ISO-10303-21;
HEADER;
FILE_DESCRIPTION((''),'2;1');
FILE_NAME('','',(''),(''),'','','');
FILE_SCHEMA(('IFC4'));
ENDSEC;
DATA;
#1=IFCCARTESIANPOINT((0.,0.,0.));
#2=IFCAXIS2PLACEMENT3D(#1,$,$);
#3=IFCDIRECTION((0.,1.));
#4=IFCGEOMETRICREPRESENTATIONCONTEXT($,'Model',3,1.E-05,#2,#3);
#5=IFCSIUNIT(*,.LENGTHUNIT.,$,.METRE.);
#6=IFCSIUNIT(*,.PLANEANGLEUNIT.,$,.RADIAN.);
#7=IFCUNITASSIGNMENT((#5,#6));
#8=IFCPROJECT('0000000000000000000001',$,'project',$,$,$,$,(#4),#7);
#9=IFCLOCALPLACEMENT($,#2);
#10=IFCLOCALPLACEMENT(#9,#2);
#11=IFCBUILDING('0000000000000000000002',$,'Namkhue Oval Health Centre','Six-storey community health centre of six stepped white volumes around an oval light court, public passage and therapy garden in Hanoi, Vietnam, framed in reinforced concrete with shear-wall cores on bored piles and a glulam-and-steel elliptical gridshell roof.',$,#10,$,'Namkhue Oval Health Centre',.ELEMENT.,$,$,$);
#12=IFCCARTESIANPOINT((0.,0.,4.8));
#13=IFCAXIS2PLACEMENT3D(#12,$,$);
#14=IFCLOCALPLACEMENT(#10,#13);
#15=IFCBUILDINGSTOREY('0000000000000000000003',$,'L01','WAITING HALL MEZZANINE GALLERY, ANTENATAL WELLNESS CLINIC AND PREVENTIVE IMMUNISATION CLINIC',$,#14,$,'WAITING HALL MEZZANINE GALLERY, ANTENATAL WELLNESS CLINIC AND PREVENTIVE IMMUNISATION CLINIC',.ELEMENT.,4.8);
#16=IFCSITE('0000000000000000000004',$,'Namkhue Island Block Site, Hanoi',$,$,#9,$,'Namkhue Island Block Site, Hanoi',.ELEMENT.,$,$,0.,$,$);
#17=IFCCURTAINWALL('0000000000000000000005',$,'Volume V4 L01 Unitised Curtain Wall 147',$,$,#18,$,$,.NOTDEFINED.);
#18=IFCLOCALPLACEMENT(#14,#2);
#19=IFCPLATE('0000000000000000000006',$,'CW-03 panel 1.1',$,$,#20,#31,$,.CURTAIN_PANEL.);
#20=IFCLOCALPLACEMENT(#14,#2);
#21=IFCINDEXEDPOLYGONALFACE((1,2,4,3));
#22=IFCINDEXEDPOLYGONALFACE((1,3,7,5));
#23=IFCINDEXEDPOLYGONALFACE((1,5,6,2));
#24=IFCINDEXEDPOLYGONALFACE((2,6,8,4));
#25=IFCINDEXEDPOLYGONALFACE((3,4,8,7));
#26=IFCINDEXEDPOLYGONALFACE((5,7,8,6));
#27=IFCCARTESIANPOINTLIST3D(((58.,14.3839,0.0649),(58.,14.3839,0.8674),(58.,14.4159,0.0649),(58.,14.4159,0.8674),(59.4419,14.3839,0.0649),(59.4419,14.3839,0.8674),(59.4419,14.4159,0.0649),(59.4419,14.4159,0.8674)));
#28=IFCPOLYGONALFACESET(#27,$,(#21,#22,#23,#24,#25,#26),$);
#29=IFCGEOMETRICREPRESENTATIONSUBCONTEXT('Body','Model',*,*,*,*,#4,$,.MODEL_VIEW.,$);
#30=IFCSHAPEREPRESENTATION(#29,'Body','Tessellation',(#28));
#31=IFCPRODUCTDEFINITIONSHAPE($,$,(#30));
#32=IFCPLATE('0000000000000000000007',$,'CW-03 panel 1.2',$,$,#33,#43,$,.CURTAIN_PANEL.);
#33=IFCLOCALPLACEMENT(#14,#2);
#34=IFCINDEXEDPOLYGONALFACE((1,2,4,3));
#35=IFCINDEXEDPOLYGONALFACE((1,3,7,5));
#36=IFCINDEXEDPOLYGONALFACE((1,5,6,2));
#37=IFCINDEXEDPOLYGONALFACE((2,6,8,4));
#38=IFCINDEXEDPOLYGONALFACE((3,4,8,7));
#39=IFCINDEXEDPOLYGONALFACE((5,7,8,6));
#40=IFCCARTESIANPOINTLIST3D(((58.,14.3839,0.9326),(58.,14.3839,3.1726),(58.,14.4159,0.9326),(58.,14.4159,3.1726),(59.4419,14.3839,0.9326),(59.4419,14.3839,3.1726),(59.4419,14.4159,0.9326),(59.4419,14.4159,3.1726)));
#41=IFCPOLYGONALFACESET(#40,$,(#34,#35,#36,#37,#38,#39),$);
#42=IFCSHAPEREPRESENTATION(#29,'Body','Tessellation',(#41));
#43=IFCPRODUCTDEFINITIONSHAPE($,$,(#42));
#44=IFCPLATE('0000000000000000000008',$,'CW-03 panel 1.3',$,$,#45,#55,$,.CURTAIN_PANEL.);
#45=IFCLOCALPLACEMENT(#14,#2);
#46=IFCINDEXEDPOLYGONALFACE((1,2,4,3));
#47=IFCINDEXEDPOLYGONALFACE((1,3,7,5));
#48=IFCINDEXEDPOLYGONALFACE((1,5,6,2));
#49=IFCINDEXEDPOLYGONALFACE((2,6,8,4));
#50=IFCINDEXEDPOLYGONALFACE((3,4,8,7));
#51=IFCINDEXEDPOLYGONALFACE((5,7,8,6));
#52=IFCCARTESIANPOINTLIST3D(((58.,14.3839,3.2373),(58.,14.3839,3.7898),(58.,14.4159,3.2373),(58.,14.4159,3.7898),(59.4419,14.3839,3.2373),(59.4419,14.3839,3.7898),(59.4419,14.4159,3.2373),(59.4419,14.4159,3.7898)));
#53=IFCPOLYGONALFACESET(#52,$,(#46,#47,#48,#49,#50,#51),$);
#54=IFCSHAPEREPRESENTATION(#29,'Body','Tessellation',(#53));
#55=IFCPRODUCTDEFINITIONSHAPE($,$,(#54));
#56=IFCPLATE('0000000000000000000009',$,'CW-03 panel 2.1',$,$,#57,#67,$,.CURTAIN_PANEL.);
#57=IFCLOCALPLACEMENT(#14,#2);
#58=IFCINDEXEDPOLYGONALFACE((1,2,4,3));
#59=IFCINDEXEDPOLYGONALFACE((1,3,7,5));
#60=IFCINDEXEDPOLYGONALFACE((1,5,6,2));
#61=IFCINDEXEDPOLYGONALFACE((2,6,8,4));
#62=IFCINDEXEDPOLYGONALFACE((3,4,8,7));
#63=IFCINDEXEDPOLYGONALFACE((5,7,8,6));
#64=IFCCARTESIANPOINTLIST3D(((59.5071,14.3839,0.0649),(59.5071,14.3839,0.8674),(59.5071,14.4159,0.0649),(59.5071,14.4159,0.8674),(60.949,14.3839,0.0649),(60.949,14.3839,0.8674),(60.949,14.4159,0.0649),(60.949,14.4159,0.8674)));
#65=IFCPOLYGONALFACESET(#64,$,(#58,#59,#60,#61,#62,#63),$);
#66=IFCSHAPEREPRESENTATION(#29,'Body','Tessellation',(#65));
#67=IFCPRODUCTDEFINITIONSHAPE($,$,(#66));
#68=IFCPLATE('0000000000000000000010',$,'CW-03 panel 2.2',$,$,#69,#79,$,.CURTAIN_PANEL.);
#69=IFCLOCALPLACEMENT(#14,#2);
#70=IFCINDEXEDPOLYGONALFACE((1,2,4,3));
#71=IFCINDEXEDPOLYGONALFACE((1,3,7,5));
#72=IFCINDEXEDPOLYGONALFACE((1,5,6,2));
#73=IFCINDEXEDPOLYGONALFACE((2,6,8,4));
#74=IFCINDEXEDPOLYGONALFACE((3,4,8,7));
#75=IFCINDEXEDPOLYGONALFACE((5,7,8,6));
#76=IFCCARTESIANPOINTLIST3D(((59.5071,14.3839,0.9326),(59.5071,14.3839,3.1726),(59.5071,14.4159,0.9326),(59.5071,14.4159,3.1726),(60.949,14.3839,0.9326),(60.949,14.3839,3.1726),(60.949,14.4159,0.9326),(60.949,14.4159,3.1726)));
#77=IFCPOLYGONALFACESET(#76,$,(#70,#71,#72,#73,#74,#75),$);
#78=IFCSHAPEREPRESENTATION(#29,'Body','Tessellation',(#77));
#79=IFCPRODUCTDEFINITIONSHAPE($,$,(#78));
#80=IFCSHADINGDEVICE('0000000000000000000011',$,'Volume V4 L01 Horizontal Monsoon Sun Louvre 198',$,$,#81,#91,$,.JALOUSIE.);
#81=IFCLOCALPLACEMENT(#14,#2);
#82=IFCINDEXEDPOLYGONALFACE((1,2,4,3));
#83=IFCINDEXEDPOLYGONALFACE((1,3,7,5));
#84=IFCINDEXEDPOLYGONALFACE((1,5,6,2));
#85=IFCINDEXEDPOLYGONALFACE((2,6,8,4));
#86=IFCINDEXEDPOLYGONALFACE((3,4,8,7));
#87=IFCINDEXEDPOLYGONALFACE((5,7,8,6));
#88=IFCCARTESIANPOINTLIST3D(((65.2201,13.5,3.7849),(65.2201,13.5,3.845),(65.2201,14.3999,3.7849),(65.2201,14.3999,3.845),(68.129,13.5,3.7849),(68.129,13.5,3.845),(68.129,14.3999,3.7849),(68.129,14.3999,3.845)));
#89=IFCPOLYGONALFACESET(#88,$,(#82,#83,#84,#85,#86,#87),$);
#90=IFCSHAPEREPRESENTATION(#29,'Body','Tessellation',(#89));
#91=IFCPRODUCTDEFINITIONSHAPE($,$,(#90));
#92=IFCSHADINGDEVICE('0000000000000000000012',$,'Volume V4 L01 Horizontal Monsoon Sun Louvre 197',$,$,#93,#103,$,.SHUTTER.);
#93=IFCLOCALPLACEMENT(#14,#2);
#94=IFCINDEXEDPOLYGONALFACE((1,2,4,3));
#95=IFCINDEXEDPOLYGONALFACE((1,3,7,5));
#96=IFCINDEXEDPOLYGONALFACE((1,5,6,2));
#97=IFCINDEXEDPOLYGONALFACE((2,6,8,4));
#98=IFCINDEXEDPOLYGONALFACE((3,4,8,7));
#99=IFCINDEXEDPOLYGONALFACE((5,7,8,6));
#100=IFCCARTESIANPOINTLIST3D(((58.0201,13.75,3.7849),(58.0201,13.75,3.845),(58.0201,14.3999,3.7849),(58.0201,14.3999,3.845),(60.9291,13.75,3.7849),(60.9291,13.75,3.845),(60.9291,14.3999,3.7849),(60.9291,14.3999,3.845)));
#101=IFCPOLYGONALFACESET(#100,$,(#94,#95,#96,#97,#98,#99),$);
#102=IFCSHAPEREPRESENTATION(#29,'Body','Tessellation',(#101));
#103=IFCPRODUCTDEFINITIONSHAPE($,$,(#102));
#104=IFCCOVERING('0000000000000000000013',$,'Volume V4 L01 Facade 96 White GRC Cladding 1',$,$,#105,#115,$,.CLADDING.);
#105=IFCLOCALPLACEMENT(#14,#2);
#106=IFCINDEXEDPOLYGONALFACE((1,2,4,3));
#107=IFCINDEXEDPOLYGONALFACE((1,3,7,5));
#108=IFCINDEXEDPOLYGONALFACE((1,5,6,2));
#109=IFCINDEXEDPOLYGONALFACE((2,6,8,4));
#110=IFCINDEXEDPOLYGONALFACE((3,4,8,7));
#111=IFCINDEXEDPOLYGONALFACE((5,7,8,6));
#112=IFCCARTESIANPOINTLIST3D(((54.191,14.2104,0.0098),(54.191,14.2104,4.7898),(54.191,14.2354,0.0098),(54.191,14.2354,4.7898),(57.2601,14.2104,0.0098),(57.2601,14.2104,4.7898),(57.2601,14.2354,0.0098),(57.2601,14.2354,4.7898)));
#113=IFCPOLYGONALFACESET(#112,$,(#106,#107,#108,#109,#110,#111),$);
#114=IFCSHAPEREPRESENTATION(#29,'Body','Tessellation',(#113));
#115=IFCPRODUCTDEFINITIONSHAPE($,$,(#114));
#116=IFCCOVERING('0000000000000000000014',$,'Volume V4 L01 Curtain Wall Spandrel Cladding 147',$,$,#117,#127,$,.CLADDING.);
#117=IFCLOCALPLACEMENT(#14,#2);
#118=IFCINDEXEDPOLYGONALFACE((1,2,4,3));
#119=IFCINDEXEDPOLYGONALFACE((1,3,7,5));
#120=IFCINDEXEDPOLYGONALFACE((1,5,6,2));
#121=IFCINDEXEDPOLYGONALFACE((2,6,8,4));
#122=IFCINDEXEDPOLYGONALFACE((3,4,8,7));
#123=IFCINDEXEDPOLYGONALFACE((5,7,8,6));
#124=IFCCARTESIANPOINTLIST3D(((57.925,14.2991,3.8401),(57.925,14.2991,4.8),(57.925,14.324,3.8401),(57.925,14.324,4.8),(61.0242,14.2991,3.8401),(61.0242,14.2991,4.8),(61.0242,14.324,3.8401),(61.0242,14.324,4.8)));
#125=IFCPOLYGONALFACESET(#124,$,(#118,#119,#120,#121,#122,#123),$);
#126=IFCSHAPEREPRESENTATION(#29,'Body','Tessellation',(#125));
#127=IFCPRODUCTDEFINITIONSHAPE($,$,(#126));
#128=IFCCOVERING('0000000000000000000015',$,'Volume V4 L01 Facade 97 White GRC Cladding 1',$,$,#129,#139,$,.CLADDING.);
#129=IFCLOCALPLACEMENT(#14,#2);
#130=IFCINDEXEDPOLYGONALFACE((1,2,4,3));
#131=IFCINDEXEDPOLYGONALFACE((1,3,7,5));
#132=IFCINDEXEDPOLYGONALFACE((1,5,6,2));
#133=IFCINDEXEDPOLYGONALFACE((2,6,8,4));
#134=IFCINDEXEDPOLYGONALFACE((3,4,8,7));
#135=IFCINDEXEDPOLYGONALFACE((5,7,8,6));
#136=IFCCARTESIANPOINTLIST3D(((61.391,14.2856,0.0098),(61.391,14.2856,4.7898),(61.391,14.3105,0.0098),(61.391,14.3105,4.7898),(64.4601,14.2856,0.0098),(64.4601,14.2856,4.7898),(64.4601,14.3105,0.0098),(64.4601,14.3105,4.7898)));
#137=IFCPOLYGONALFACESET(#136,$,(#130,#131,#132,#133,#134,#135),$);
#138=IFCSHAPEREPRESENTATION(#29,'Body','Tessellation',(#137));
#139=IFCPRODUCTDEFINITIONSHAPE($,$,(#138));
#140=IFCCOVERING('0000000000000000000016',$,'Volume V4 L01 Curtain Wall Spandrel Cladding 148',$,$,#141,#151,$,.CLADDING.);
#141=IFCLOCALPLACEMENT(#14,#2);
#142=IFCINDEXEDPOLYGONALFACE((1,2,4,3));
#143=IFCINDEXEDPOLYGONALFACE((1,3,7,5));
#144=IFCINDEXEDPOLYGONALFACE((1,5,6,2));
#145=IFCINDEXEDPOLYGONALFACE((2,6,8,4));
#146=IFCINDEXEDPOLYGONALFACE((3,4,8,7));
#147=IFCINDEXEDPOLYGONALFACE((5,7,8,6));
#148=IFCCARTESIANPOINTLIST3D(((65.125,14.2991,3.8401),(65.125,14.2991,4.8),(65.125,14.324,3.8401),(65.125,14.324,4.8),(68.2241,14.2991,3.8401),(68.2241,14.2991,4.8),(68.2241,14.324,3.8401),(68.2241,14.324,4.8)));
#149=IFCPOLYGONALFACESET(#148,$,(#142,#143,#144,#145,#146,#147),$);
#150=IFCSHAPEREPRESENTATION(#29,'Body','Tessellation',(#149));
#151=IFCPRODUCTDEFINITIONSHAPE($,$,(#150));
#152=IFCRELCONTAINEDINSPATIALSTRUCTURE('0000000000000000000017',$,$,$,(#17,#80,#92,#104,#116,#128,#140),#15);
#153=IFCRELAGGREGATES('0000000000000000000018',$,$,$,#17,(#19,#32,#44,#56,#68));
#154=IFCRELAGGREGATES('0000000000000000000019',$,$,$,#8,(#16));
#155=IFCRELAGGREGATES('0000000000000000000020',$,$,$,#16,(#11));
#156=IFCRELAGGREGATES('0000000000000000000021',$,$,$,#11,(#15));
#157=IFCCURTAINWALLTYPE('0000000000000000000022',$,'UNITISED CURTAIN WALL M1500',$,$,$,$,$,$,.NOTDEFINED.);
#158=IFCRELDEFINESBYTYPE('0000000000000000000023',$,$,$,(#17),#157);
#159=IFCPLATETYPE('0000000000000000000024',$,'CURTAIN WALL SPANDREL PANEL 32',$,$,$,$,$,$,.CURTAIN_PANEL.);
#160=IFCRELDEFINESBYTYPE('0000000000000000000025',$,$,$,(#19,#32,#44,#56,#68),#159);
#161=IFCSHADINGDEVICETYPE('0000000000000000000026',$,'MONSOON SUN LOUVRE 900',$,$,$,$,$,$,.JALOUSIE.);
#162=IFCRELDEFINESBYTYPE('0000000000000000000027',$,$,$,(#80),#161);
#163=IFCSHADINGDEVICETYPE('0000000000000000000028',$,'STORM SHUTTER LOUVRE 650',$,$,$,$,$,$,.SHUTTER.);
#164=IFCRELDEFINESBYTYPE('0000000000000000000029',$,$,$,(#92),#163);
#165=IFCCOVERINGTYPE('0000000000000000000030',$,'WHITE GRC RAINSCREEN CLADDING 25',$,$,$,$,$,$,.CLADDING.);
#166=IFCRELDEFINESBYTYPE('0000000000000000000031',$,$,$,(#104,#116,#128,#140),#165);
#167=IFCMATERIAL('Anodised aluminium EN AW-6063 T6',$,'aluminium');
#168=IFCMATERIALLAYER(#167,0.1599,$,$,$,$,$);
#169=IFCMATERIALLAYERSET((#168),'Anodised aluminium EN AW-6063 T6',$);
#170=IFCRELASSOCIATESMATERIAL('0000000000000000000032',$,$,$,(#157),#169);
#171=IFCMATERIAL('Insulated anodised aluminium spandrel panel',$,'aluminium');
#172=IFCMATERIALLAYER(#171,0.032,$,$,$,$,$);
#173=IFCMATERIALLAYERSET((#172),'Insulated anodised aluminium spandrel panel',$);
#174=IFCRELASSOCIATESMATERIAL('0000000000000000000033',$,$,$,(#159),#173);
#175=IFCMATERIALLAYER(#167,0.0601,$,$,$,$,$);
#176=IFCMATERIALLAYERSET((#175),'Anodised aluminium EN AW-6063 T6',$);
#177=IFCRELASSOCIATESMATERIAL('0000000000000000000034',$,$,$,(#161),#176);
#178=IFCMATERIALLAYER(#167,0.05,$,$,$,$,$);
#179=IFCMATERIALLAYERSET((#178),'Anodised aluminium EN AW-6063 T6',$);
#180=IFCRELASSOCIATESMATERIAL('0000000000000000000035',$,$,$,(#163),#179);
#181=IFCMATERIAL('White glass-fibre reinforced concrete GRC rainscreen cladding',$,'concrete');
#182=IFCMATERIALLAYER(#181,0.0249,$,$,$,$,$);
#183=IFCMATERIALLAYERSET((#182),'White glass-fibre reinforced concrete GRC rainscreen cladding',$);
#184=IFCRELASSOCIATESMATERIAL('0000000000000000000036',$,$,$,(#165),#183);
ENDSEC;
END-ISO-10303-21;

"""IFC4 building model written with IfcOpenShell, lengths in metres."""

from ifc_helpers import new_model, si_unit, direction, frame, origin, origin_2d, place, context, subcontext, project, spatial, rectangle, extrude, material, layer, layer_set, type_object, element, aggregate, save


model = new_model("IFC4")

# Units and contexts
model_context = context("Model", 3, precision=1e-05, world=origin(), true_north=direction((0.0, 1.0)))
body_context = subcontext(model_context, "Body", "Model", "MODEL_VIEW")
ifc_project = project(units=[si_unit("LENGTHUNIT", "METRE"), si_unit("PLANEANGLEUNIT", "RADIAN")], contexts=[model_context])

# Site, building, storey
site_placement = place(None, origin())
site = spatial("IfcSite", under=ifc_project, at=site_placement, Name="Namkhue Island Block Site, Hanoi", LongName="Namkhue Island Block Site, Hanoi", CompositionType="ELEMENT", RefElevation=0.0)
building_placement = place(site_placement, origin())
building = spatial("IfcBuilding", under=site, at=building_placement, Name="Namkhue Oval Health Centre", Description="Six-storey community health centre of six stepped white volumes around an oval light court, public passage and therapy garden in Hanoi, Vietnam, framed in reinforced concrete with shear-wall cores on bored piles and a glulam-and-steel elliptical gridshell roof.", LongName="Namkhue Oval Health Centre", CompositionType="ELEMENT")
storey_placement = place(building_placement, frame((0.0, 0.0, 4.8)))
storey = spatial("IfcBuildingStorey", under=building, at=storey_placement, Name="L01", Description="WAITING HALL MEZZANINE GALLERY, ANTENATAL WELLNESS CLINIC AND PREVENTIVE IMMUNISATION CLINIC", LongName="WAITING HALL MEZZANINE GALLERY, ANTENATAL WELLNESS CLINIC AND PREVENTIVE IMMUNISATION CLINIC", CompositionType="ELEMENT", Elevation=4.8)

# Curtain wall
ifc_material_1 = material(Name="Anodised aluminium EN AW-6063 T6", Category="aluminium")
ifc_layer_1 = layer(ifc_material_1, 0.1599)
ifc_layer_set_1 = layer_set([ifc_layer_1], Name="Anodised aluminium EN AW-6063 T6")
curtain_wall_type = type_object("IfcCurtainWallType", Name="UNITISED CURTAIN WALL M1500", PredefinedType="NOTDEFINED", material=ifc_layer_set_1)
curtain_wall_placement = place(storey_placement, origin())
curtain_wall = element("IfcCurtainWall", 1, at=curtain_wall_placement, inside=storey, type_object=curtain_wall_type, Name="Volume V4 L01 Unitised Curtain Wall 147", PredefinedType="NOTDEFINED")

# Plates
ifc_material_2 = material(Name="Insulated anodised aluminium spandrel panel", Category="aluminium")
ifc_layer_2 = layer(ifc_material_2, 0.032)
ifc_layer_set_2 = layer_set([ifc_layer_2], Name="Insulated anodised aluminium spandrel panel")
plate_type = type_object("IfcPlateType", Name="CURTAIN WALL SPANDREL PANEL 32", PredefinedType="CURTAIN_PANEL", material=ifc_layer_set_2)
plate_1_placement = place(storey_placement, frame((58.7209, 14.3999, 0.0649), z_axis=(0.0, 0.0, 1.0), x_axis=(1.0, 0.0, 0.0)))
plate_1 = element("IfcPlate", 2, at=plate_1_placement, type_object=plate_type, Name="CW-03 panel 1.1", PredefinedType="CURTAIN_PANEL", context=body_context, shape_type="SweptSolid", body=[
    extrude(rectangle(XDim=1.4419, YDim=0.032, at=origin_2d()), origin(), (0.0, 0.0, 1.0), 0.8025),
])
plate_2_placement = place(storey_placement, frame((58.7209, 14.3999, 0.9326), z_axis=(0.0, 0.0, 1.0), x_axis=(1.0, 0.0, 0.0)))
plate_2 = element("IfcPlate", 3, at=plate_2_placement, type_object=plate_type, Name="CW-03 panel 1.2", PredefinedType="CURTAIN_PANEL", context=body_context, shape_type="SweptSolid", body=[
    extrude(rectangle(XDim=1.4419, YDim=0.032, at=origin_2d()), origin(), (0.0, 0.0, 1.0), 2.24),
])
plate_3_placement = place(storey_placement, frame((58.7209, 14.3999, 3.2373), z_axis=(0.0, 0.0, 1.0), x_axis=(1.0, 0.0, 0.0)))
plate_3 = element("IfcPlate", 4, at=plate_3_placement, type_object=plate_type, Name="CW-03 panel 1.3", PredefinedType="CURTAIN_PANEL", context=body_context, shape_type="SweptSolid", body=[
    extrude(rectangle(XDim=1.4419, YDim=0.032, at=origin_2d()), origin(), (0.0, 0.0, 1.0), 0.5525),
])
plate_4_placement = place(storey_placement, frame((60.228, 14.3999, 0.0649), z_axis=(0.0, 0.0, 1.0), x_axis=(1.0, 0.0, 0.0)))
plate_4 = element("IfcPlate", 5, at=plate_4_placement, type_object=plate_type, Name="CW-03 panel 2.1", PredefinedType="CURTAIN_PANEL", context=body_context, shape_type="SweptSolid", body=[
    extrude(rectangle(XDim=1.4419, YDim=0.032, at=origin_2d()), origin(), (0.0, 0.0, 1.0), 0.8025),
])
plate_5_placement = place(storey_placement, frame((60.228, 14.3999, 0.9326), z_axis=(0.0, 0.0, 1.0), x_axis=(1.0, 0.0, 0.0)))
plate_5 = element("IfcPlate", 6, at=plate_5_placement, type_object=plate_type, Name="CW-03 panel 2.2", PredefinedType="CURTAIN_PANEL", context=body_context, shape_type="SweptSolid", body=[
    extrude(rectangle(XDim=1.4419, YDim=0.032, at=origin_2d()), origin(), (0.0, 0.0, 1.0), 2.24),
])
aggregate(curtain_wall, [plate_1, plate_2, plate_3, plate_4, plate_5])

# Shading devices
ifc_layer_3 = layer(ifc_material_1, 0.0601)
ifc_layer_set_3 = layer_set([ifc_layer_3], Name="Anodised aluminium EN AW-6063 T6")
shading_device_type_1 = type_object("IfcShadingDeviceType", Name="MONSOON SUN LOUVRE 900", PredefinedType="JALOUSIE", material=ifc_layer_set_3)
shading_device_1_placement = place(storey_placement, frame((66.6746, 13.95, 3.7849), z_axis=(0.0, 0.0, 1.0), x_axis=(1.0, 0.0, 0.0)))
element("IfcShadingDevice", 7, at=shading_device_1_placement, inside=storey, type_object=shading_device_type_1, Name="Volume V4 L01 Horizontal Monsoon Sun Louvre 198", PredefinedType="JALOUSIE", context=body_context, shape_type="SweptSolid", body=[
    extrude(rectangle(XDim=2.9089, YDim=0.8999, at=origin_2d()), origin(), (0.0, 0.0, 1.0), 0.0601),
])
ifc_layer_4 = layer(ifc_material_1, 0.05)
ifc_layer_set_4 = layer_set([ifc_layer_4], Name="Anodised aluminium EN AW-6063 T6")
shading_device_type_2 = type_object("IfcShadingDeviceType", Name="STORM SHUTTER LOUVRE 650", PredefinedType="SHUTTER", material=ifc_layer_set_4)
shading_device_2_placement = place(storey_placement, frame((59.4746, 14.075, 3.7849), z_axis=(0.0, 0.0, 1.0), x_axis=(1.0, 0.0, 0.0)))
element("IfcShadingDevice", 8, at=shading_device_2_placement, inside=storey, type_object=shading_device_type_2, Name="Volume V4 L01 Horizontal Monsoon Sun Louvre 197", PredefinedType="SHUTTER", context=body_context, shape_type="SweptSolid", body=[
    extrude(rectangle(XDim=2.9089, YDim=0.6499, at=origin_2d()), origin(), (0.0, 0.0, 1.0), 0.0601),
])

# Coverings
ifc_material_3 = material(Name="White glass-fibre reinforced concrete GRC rainscreen cladding", Category="concrete")
ifc_layer_5 = layer(ifc_material_3, 0.0249)
ifc_layer_set_5 = layer_set([ifc_layer_5], Name="White glass-fibre reinforced concrete GRC rainscreen cladding")
covering_type = type_object("IfcCoveringType", Name="WHITE GRC RAINSCREEN CLADDING 25", PredefinedType="CLADDING", material=ifc_layer_set_5)
covering_1_placement = place(storey_placement, frame((55.7256, 14.2229, 0.0098), z_axis=(0.0, 0.0, 1.0), x_axis=(1.0, 0.0, 0.0)))
element("IfcCovering", 9, at=covering_1_placement, inside=storey, type_object=covering_type, Name="Volume V4 L01 Facade 96 White GRC Cladding 1", PredefinedType="CLADDING", context=body_context, shape_type="SweptSolid", body=[
    extrude(rectangle(XDim=3.0691, YDim=0.0249, at=origin_2d()), origin(), (0.0, 0.0, 1.0), 4.78),
])
covering_2_placement = place(storey_placement, frame((59.4746, 14.3115, 3.8401), z_axis=(0.0, 0.0, 1.0), x_axis=(1.0, 0.0, 0.0)))
element("IfcCovering", 10, at=covering_2_placement, inside=storey, type_object=covering_type, Name="Volume V4 L01 Curtain Wall Spandrel Cladding 147", PredefinedType="CLADDING", context=body_context, shape_type="SweptSolid", body=[
    extrude(rectangle(XDim=3.0991, YDim=0.0249, at=origin_2d()), origin(), (0.0, 0.0, 1.0), 0.96),
])
covering_3_placement = place(storey_placement, frame((62.9255, 14.2981, 0.0098), z_axis=(0.0, 0.0, 1.0), x_axis=(1.0, 0.0, 0.0)))
element("IfcCovering", 11, at=covering_3_placement, inside=storey, type_object=covering_type, Name="Volume V4 L01 Facade 97 White GRC Cladding 1", PredefinedType="CLADDING", context=body_context, shape_type="SweptSolid", body=[
    extrude(rectangle(XDim=3.0691, YDim=0.0249, at=origin_2d()), origin(), (0.0, 0.0, 1.0), 4.78),
])
covering_4_placement = place(storey_placement, frame((66.6746, 14.3115, 3.8401), z_axis=(0.0, 0.0, 1.0), x_axis=(1.0, 0.0, 0.0)))
element("IfcCovering", 12, at=covering_4_placement, inside=storey, type_object=covering_type, Name="Volume V4 L01 Curtain Wall Spandrel Cladding 148", PredefinedType="CLADDING", context=body_context, shape_type="SweptSolid", body=[
    extrude(rectangle(XDim=3.0991, YDim=0.0249, at=origin_2d()), origin(), (0.0, 0.0, 1.0), 0.96),
])

save(model, "model.ifc")
